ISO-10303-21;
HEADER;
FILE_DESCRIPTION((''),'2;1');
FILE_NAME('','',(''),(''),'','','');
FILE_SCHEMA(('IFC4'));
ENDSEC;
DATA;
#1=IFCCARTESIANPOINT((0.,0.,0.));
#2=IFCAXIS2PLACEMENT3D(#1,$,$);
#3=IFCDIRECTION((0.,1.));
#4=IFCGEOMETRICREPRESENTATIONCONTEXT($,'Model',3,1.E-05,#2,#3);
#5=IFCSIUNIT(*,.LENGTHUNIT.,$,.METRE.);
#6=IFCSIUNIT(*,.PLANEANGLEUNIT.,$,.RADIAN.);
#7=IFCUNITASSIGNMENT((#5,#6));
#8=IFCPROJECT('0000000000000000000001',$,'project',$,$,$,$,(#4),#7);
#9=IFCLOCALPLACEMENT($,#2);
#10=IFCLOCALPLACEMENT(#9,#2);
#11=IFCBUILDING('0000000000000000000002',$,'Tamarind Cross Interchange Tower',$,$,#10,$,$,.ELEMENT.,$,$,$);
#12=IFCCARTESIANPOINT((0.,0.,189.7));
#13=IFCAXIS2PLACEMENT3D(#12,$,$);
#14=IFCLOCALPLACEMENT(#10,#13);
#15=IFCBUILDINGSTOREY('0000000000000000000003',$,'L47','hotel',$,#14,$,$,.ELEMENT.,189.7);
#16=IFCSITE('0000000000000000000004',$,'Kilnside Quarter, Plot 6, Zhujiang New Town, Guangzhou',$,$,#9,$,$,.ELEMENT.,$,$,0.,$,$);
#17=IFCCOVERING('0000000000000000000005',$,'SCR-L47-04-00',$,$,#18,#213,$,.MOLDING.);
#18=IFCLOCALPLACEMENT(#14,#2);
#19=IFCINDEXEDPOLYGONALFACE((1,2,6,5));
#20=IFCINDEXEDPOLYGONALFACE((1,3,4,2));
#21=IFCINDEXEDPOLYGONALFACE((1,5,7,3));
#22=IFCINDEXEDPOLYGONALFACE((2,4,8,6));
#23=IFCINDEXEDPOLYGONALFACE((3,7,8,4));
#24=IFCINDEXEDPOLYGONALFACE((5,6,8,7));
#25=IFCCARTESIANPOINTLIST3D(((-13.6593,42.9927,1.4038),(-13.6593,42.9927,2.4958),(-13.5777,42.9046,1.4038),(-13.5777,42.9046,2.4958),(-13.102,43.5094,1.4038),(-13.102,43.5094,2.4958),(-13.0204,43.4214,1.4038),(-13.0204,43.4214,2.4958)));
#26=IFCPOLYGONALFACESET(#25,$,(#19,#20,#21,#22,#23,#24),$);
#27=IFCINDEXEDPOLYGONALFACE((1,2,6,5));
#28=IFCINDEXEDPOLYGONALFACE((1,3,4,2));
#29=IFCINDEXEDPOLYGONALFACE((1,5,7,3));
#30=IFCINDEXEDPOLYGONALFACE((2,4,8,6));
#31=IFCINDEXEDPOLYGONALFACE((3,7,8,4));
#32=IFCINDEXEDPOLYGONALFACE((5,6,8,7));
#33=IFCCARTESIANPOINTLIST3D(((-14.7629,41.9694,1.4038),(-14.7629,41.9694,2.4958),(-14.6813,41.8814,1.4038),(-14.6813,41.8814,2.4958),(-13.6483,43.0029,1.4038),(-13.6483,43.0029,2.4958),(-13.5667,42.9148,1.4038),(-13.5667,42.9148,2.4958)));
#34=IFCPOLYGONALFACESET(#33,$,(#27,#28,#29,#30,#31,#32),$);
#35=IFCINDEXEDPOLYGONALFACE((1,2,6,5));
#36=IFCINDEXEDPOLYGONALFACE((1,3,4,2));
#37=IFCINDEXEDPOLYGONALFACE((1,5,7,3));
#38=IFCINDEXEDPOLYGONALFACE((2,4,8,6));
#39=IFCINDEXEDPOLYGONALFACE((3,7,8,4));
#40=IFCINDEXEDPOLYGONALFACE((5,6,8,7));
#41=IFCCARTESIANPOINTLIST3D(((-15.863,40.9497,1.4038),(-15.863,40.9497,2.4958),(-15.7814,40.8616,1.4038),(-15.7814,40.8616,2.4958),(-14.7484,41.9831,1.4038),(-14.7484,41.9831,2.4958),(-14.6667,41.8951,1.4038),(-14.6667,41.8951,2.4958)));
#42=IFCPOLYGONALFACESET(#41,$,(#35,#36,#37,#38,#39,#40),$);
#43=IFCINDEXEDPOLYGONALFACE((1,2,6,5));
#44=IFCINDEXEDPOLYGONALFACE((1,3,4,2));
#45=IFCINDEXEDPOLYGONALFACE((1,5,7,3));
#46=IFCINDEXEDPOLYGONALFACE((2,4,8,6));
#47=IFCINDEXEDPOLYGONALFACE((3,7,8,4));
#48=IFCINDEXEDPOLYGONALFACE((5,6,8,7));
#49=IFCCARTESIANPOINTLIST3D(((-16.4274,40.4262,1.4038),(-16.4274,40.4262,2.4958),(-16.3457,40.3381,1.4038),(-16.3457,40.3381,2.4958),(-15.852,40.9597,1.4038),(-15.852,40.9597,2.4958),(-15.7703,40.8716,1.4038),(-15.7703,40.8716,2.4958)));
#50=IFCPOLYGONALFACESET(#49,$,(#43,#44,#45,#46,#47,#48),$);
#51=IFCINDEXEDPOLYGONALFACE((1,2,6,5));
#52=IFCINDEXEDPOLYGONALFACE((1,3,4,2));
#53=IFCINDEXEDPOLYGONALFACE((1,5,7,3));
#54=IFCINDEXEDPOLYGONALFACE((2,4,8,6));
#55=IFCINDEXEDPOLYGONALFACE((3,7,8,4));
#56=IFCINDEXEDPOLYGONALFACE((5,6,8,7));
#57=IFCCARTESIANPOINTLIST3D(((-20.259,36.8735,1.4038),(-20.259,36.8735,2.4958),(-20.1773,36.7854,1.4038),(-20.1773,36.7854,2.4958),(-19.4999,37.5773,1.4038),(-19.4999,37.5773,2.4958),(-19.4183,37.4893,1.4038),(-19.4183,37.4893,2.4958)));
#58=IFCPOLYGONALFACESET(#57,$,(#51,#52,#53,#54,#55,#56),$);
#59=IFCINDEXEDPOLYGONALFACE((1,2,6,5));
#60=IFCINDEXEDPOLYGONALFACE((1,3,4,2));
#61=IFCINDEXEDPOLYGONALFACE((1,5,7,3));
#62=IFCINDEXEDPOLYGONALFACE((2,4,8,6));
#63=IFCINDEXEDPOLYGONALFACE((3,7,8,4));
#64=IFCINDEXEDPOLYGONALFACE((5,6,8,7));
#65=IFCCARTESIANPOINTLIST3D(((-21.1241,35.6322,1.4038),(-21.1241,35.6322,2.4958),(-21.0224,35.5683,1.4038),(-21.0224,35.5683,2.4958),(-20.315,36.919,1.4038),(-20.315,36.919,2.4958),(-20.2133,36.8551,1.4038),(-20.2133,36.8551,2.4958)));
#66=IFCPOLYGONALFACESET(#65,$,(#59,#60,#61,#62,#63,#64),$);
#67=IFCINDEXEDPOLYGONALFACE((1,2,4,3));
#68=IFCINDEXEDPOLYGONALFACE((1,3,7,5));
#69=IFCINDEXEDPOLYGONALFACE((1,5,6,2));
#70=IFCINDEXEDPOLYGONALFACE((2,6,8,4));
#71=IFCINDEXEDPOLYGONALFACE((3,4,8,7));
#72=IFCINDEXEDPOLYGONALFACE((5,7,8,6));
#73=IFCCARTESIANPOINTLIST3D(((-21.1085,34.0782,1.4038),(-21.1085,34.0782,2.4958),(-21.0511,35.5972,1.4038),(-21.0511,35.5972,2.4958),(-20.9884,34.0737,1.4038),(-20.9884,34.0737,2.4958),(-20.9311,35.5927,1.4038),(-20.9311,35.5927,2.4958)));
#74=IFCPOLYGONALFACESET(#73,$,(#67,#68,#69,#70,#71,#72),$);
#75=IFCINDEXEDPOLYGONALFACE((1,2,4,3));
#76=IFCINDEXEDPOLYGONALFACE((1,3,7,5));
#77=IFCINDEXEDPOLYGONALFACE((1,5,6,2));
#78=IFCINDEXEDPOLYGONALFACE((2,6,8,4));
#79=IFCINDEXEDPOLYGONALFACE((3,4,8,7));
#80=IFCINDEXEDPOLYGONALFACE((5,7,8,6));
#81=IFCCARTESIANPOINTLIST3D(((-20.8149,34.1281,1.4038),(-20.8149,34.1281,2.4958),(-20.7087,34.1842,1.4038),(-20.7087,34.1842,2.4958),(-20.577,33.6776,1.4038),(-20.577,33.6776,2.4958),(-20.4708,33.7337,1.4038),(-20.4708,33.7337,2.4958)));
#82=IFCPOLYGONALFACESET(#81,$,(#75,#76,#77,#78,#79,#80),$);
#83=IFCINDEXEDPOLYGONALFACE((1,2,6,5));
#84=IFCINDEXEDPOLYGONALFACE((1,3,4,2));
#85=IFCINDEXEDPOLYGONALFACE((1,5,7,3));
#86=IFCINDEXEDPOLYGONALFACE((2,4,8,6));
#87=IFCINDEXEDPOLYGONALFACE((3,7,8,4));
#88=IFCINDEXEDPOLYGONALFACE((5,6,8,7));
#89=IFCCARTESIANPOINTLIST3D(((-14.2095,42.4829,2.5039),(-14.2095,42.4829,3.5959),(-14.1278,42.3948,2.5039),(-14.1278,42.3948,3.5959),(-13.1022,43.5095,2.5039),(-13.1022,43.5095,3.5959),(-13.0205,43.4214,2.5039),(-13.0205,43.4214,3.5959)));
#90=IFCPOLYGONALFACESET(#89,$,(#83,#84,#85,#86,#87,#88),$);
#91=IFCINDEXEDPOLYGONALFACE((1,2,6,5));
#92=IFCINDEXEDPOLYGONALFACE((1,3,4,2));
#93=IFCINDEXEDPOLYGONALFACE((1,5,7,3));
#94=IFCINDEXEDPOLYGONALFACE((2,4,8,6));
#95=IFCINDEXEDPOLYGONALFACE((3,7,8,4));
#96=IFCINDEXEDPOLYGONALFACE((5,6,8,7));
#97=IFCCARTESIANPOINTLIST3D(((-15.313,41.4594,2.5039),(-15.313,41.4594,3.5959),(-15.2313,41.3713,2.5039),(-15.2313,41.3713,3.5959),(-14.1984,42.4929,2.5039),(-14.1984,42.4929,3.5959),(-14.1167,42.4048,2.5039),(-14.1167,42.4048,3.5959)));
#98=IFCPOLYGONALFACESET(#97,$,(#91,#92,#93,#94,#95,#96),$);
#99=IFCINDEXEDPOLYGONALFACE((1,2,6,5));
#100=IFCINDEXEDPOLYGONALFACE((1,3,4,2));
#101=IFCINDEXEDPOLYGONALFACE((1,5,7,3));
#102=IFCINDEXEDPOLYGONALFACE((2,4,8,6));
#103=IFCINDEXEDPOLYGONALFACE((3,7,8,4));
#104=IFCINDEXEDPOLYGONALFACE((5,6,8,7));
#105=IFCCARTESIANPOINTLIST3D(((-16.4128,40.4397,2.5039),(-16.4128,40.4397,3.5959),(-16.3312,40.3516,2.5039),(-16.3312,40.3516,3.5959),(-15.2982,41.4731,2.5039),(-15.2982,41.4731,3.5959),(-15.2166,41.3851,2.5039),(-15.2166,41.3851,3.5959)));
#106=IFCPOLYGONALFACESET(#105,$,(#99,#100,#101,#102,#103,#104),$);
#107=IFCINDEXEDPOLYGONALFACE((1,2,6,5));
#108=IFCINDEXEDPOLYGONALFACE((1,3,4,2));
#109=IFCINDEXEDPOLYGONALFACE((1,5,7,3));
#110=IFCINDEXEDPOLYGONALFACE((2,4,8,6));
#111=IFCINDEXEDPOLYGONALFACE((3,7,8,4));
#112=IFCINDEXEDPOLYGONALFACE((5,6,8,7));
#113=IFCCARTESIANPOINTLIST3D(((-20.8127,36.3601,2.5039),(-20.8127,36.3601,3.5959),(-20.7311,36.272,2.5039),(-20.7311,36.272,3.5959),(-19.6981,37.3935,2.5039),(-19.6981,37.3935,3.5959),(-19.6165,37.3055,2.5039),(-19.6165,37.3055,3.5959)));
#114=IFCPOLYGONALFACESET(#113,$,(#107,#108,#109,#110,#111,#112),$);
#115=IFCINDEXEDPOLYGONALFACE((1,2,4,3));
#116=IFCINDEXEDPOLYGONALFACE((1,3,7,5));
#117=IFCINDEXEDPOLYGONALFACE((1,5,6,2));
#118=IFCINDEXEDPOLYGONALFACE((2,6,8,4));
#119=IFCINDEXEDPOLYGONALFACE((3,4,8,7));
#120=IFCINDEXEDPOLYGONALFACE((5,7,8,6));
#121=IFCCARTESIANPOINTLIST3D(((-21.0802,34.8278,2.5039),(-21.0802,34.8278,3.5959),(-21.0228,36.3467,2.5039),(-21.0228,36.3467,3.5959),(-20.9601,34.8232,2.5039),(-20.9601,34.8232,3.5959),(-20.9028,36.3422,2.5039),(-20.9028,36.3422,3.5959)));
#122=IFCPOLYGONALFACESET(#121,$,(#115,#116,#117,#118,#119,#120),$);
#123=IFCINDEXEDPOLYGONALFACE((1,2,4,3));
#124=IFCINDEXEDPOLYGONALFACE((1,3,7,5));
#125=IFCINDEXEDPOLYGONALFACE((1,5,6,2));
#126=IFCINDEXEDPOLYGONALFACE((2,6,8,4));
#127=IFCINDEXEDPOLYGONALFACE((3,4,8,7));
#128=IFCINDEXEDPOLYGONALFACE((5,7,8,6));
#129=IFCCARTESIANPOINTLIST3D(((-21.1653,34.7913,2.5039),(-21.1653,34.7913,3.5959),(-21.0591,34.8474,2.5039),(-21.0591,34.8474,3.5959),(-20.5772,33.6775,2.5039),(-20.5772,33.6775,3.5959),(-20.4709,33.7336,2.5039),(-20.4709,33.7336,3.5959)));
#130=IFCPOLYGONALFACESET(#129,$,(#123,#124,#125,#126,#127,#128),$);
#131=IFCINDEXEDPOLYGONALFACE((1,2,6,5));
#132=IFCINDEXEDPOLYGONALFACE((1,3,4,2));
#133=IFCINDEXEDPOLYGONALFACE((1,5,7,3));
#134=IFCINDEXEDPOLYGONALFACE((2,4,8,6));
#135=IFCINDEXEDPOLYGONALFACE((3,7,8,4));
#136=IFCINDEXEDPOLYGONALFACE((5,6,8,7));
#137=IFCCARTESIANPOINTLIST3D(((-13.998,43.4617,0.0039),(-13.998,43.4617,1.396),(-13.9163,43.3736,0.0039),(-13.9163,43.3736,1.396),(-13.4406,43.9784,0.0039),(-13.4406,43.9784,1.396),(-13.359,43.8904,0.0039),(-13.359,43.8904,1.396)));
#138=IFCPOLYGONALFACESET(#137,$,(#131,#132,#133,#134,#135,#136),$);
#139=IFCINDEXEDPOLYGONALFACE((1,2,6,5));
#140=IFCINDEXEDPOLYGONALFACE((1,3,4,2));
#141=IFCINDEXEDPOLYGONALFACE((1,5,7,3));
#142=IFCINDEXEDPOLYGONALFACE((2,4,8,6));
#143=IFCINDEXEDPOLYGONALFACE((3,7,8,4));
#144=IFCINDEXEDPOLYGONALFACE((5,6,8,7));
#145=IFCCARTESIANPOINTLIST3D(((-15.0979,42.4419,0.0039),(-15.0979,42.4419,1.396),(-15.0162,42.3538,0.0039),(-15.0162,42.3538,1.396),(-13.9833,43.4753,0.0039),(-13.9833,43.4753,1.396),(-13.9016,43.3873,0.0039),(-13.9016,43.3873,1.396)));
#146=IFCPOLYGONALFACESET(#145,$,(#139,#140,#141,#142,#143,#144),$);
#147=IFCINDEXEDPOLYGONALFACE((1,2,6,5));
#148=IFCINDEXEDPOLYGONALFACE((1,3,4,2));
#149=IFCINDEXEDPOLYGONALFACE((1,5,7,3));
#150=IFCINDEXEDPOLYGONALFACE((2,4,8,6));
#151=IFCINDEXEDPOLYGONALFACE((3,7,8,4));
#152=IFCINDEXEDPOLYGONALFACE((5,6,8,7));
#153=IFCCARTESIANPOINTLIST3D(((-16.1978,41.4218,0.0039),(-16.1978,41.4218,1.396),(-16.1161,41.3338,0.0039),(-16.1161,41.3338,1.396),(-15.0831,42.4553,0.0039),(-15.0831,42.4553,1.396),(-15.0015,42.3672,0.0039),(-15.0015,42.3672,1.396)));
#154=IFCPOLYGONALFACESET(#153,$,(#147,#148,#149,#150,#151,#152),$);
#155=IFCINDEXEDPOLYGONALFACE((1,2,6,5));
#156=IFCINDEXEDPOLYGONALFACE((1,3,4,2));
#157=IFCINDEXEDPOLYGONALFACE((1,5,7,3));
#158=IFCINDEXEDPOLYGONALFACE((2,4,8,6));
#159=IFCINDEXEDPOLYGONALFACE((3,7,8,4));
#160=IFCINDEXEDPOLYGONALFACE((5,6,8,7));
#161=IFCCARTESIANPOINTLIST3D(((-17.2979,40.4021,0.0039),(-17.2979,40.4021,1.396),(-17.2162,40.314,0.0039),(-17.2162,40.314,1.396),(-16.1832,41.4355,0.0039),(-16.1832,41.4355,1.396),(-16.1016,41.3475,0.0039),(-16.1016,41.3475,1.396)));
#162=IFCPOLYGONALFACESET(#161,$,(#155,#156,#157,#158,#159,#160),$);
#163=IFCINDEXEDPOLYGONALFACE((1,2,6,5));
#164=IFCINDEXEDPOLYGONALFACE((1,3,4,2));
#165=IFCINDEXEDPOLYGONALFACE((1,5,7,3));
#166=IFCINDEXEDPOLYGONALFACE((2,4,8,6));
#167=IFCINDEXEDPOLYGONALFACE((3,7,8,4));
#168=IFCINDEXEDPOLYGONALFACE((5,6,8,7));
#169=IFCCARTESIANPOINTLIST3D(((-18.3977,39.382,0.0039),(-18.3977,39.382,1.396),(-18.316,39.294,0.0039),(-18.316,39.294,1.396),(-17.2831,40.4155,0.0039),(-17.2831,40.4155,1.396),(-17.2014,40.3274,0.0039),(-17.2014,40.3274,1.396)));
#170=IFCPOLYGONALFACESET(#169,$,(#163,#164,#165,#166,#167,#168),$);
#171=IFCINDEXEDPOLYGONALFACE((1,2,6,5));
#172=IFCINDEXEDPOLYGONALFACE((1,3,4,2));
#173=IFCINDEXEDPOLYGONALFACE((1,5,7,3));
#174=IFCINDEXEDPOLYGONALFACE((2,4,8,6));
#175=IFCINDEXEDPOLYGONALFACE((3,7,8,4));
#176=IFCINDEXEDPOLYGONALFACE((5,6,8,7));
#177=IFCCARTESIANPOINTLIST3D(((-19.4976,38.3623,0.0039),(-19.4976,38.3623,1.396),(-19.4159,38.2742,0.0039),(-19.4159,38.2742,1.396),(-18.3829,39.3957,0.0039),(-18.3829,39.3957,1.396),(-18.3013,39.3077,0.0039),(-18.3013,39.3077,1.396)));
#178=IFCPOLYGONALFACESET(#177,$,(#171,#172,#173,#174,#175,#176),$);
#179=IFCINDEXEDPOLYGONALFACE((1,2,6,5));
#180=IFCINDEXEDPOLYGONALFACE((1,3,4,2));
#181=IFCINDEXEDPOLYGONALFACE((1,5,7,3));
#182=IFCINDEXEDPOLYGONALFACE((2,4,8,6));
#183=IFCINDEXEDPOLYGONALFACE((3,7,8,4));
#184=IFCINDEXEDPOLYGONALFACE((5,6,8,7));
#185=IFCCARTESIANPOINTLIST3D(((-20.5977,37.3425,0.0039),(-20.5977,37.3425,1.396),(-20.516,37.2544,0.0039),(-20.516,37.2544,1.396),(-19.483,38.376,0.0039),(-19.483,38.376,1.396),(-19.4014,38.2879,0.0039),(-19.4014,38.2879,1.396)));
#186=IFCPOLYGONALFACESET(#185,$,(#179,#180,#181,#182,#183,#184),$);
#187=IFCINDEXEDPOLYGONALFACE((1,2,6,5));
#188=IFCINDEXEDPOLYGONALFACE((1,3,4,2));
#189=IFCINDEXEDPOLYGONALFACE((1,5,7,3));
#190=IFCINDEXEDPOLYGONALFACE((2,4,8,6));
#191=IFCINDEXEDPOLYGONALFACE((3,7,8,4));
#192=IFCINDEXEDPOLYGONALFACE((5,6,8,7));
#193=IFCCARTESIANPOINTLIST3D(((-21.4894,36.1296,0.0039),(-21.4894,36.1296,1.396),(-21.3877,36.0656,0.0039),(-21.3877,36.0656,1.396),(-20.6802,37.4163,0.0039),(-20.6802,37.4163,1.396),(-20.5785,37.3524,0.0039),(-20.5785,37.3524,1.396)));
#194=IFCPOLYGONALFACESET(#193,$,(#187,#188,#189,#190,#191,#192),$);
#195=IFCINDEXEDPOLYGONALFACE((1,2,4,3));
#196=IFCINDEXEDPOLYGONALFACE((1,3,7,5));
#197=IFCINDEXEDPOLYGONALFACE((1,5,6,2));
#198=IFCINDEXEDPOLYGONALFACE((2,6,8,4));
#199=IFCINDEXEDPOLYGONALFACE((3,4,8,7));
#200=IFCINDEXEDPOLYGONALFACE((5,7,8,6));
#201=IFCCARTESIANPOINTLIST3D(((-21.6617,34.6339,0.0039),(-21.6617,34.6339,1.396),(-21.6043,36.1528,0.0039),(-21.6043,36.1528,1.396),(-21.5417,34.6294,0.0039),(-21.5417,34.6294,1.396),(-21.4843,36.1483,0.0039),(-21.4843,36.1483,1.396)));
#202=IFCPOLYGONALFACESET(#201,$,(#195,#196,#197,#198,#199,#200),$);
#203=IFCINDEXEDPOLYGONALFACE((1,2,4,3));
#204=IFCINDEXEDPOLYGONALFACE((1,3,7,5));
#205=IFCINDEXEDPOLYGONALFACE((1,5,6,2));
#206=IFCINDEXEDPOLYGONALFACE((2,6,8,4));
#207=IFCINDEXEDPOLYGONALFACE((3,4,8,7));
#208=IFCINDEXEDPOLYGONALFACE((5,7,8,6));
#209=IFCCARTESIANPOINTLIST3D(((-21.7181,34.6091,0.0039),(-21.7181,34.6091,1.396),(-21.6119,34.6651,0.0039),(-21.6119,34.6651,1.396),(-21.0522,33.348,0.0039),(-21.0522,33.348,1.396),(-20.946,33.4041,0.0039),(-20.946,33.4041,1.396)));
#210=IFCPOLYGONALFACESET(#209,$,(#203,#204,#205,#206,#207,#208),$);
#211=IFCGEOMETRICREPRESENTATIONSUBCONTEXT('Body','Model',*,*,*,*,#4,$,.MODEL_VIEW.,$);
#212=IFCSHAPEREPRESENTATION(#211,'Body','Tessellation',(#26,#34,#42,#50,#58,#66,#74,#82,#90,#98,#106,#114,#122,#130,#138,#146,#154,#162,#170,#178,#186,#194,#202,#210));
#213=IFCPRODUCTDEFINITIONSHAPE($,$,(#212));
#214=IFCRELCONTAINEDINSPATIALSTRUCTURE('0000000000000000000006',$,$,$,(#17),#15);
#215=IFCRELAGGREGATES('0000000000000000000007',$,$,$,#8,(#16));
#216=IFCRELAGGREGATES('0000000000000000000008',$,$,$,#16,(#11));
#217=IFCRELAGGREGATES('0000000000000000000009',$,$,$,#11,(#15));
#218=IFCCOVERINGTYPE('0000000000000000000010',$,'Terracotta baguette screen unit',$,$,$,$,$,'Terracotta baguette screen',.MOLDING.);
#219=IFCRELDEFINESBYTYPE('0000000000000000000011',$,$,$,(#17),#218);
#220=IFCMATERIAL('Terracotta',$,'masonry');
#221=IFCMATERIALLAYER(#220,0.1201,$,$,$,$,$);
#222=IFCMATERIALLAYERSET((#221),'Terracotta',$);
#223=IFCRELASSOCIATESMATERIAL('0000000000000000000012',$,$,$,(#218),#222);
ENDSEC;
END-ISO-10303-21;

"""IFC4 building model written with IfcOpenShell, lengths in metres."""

from ifc_helpers import new_model, si_unit, direction, frame, origin, origin_2d, place, context, subcontext, project, spatial, rectangle, extrude, material, layer, layer_set, type_object, element, save


model = new_model("IFC4")

# Units and contexts
model_context = context("Model", 3, precision=1e-05, world=origin(), true_north=direction((0.0, 1.0)))
body_context = subcontext(model_context, "Body", "Model", "MODEL_VIEW")
ifc_project = project(units=[si_unit("LENGTHUNIT", "METRE"), si_unit("PLANEANGLEUNIT", "RADIAN")], contexts=[model_context])

# Site, building, storey
site_placement = place(None, origin())
site = spatial("IfcSite", under=ifc_project, at=site_placement, Name="Kilnside Quarter, Plot 6, Zhujiang New Town, Guangzhou", CompositionType="ELEMENT", RefElevation=0.0)
building_placement = place(site_placement, origin())
building = spatial("IfcBuilding", under=site, at=building_placement, Name="Tamarind Cross Interchange Tower", CompositionType="ELEMENT")
storey_placement = place(building_placement, frame((0.0, 0.0, 189.7)))
storey = spatial("IfcBuildingStorey", under=building, at=storey_placement, Name="L47", Description="hotel", CompositionType="ELEMENT", Elevation=189.7)

# Covering
ifc_material_1 = material(Name="Terracotta", Category="masonry")
ifc_layer_1 = layer(ifc_material_1, 0.1201)
ifc_layer_set_1 = layer_set([ifc_layer_1], Name="Terracotta")
covering_type = type_object("IfcCoveringType", Name="Terracotta baguette screen unit", ElementType="Terracotta baguette screen", PredefinedType="MOLDING", material=ifc_layer_set_1)
covering_1_placement = place(storey_placement, origin())
element("IfcCovering", 1, at=covering_1_placement, inside=storey, type_object=covering_type, Name="SCR-L47-04-00", PredefinedType="MOLDING", context=body_context, shape_type="SweptSolid", body=[
    extrude(rectangle(XDim=0.76, YDim=0.1201, at=origin_2d()), frame((-13.3398, 43.207, 1.4038), z_axis=(0.0, 0.0, 1.0), x_axis=(-0.733293, -0.679912, 0.0)), (0.0, 0.0, 1.0), 1.092),
    extrude(rectangle(XDim=1.52, YDim=0.1201, at=origin_2d()), frame((-14.1648, 42.4421, 1.4038), z_axis=(0.0, 0.0, 1.0), x_axis=(-0.733293, -0.679912, 0.0)), (0.0, 0.0, 1.0), 1.092),
    extrude(rectangle(XDim=1.52, YDim=0.1201, at=origin_2d()), frame((-15.2649, 41.4224, 1.4038), z_axis=(0.0, 0.0, 1.0), x_axis=(-0.733293, -0.679912, 0.0)), (0.0, 0.0, 1.0), 1.092),
    extrude(rectangle(XDim=0.7847, YDim=0.1201, at=origin_2d()), frame((-16.0989, 40.6489, 1.4038), z_axis=(0.0, 0.0, 1.0), x_axis=(-0.733293, -0.679912, 0.0)), (0.0, 0.0, 1.0), 1.092),
    extrude(rectangle(XDim=1.0352, YDim=0.1201, at=origin_2d()), frame((-19.8386, 37.1814, 1.4038), z_axis=(0.0, 0.0, 1.0), x_axis=(-0.733293, -0.679912, 0.0)), (0.0, 0.0, 1.0), 1.092),
    extrude(rectangle(XDim=1.52, YDim=0.1201, at=origin_2d()), frame((-20.6687, 36.2437, 1.4038), z_axis=(0.0, 0.0, 1.0), x_axis=(-0.532333, -0.846535, 0.0)), (0.0, 0.0, 1.0), 1.092),
    extrude(rectangle(XDim=1.52, YDim=0.1201, at=origin_2d()), frame((-21.0198, 34.8354, 1.4038), z_axis=(0.0, 0.0, 1.0), x_axis=(-0.037746, -0.999287, 0.0)), (0.0, 0.0, 1.0), 1.092),
    extrude(rectangle(XDim=0.5095, YDim=0.1201, at=origin_2d()), frame((-20.6428, 33.9309, 1.4038), z_axis=(0.0, 0.0, 1.0), x_axis=(0.466955, -0.884281, 0.0)), (0.0, 0.0, 1.0), 1.092),
    extrude(rectangle(XDim=1.51, YDim=0.1201, at=origin_2d()), frame((-13.615, 42.9521, 2.5039), z_axis=(0.0, 0.0, 1.0), x_axis=(-0.733293, -0.679912, 0.0)), (0.0, 0.0, 1.0), 1.092),
    extrude(rectangle(XDim=1.52, YDim=0.1201, at=origin_2d()), frame((-14.7148, 41.9321, 2.5039), z_axis=(0.0, 0.0, 1.0), x_axis=(-0.733293, -0.679912, 0.0)), (0.0, 0.0, 1.0), 1.092),
    extrude(rectangle(XDim=1.52, YDim=0.1201, at=origin_2d()), frame((-15.8147, 40.9124, 2.5039), z_axis=(0.0, 0.0, 1.0), x_axis=(-0.733293, -0.679912, 0.0)), (0.0, 0.0, 1.0), 1.092),
    extrude(rectangle(XDim=1.52, YDim=0.1201, at=origin_2d()), frame((-20.2146, 36.8328, 2.5039), z_axis=(0.0, 0.0, 1.0), x_axis=(-0.733293, -0.679912, 0.0)), (0.0, 0.0, 1.0), 1.092),
    extrude(rectangle(XDim=1.52, YDim=0.1201, at=origin_2d()), frame((-20.9915, 35.585, 2.5039), z_axis=(0.0, 0.0, 1.0), x_axis=(-0.037746, -0.999287, 0.0)), (0.0, 0.0, 1.0), 1.092),
    extrude(rectangle(XDim=1.2595, YDim=0.1201, at=origin_2d()), frame((-20.8181, 34.2625, 2.5039), z_axis=(0.0, 0.0, 1.0), x_axis=(0.466955, -0.884281, 0.0)), (0.0, 0.0, 1.0), 1.092),
    extrude(rectangle(XDim=0.76, YDim=0.1201, at=origin_2d()), frame((-13.6785, 43.676, 0.0039), z_axis=(0.0, 0.0, 1.0), x_axis=(-0.733293, -0.679912, 0.0)), (0.0, 0.0, 1.0), 1.3921),
    extrude(rectangle(XDim=1.52, YDim=0.1201, at=origin_2d()), frame((-14.4998, 42.9146, 0.0039), z_axis=(0.0, 0.0, 1.0), x_axis=(-0.733293, -0.679912, 0.0)), (0.0, 0.0, 1.0), 1.3921),
    extrude(rectangle(XDim=1.52, YDim=0.1201, at=origin_2d()), frame((-15.5996, 41.8945, 0.0039), z_axis=(0.0, 0.0, 1.0), x_axis=(-0.733293, -0.679912, 0.0)), (0.0, 0.0, 1.0), 1.3921),
    extrude(rectangle(XDim=1.52, YDim=0.1201, at=origin_2d()), frame((-16.6997, 40.8748, 0.0039), z_axis=(0.0, 0.0, 1.0), x_axis=(-0.733293, -0.679912, 0.0)), (0.0, 0.0, 1.0), 1.3921),
    extrude(rectangle(XDim=1.52, YDim=0.1201, at=origin_2d()), frame((-17.7996, 39.8547, 0.0039), z_axis=(0.0, 0.0, 1.0), x_axis=(-0.733293, -0.679912, 0.0)), (0.0, 0.0, 1.0), 1.3921),
    extrude(rectangle(XDim=1.52, YDim=0.1201, at=origin_2d()), frame((-18.8994, 38.835, 0.0039), z_axis=(0.0, 0.0, 1.0), x_axis=(-0.733293, -0.679912, 0.0)), (0.0, 0.0, 1.0), 1.3921),
    extrude(rectangle(XDim=1.52, YDim=0.1201, at=origin_2d()), frame((-19.9995, 37.8152, 0.0039), z_axis=(0.0, 0.0, 1.0), x_axis=(-0.733293, -0.679912, 0.0)), (0.0, 0.0, 1.0), 1.3921),
    extrude(rectangle(XDim=1.52, YDim=0.1201, at=origin_2d()), frame((-21.0339, 36.741, 0.0039), z_axis=(0.0, 0.0, 1.0), x_axis=(-0.532333, -0.846535, 0.0)), (0.0, 0.0, 1.0), 1.3921),
    extrude(rectangle(XDim=1.52, YDim=0.1201, at=origin_2d()), frame((-21.573, 35.3911, 0.0039), z_axis=(0.0, 0.0, 1.0), x_axis=(-0.037746, -0.999287, 0.0)), (0.0, 0.0, 1.0), 1.3921),
    extrude(rectangle(XDim=1.426, YDim=0.1201, at=origin_2d()), frame((-21.332, 34.0066, 0.0039), z_axis=(0.0, 0.0, 1.0), x_axis=(0.466955, -0.884281, 0.0)), (0.0, 0.0, 1.0), 1.3921),
])

save(model, "model.ifc")
